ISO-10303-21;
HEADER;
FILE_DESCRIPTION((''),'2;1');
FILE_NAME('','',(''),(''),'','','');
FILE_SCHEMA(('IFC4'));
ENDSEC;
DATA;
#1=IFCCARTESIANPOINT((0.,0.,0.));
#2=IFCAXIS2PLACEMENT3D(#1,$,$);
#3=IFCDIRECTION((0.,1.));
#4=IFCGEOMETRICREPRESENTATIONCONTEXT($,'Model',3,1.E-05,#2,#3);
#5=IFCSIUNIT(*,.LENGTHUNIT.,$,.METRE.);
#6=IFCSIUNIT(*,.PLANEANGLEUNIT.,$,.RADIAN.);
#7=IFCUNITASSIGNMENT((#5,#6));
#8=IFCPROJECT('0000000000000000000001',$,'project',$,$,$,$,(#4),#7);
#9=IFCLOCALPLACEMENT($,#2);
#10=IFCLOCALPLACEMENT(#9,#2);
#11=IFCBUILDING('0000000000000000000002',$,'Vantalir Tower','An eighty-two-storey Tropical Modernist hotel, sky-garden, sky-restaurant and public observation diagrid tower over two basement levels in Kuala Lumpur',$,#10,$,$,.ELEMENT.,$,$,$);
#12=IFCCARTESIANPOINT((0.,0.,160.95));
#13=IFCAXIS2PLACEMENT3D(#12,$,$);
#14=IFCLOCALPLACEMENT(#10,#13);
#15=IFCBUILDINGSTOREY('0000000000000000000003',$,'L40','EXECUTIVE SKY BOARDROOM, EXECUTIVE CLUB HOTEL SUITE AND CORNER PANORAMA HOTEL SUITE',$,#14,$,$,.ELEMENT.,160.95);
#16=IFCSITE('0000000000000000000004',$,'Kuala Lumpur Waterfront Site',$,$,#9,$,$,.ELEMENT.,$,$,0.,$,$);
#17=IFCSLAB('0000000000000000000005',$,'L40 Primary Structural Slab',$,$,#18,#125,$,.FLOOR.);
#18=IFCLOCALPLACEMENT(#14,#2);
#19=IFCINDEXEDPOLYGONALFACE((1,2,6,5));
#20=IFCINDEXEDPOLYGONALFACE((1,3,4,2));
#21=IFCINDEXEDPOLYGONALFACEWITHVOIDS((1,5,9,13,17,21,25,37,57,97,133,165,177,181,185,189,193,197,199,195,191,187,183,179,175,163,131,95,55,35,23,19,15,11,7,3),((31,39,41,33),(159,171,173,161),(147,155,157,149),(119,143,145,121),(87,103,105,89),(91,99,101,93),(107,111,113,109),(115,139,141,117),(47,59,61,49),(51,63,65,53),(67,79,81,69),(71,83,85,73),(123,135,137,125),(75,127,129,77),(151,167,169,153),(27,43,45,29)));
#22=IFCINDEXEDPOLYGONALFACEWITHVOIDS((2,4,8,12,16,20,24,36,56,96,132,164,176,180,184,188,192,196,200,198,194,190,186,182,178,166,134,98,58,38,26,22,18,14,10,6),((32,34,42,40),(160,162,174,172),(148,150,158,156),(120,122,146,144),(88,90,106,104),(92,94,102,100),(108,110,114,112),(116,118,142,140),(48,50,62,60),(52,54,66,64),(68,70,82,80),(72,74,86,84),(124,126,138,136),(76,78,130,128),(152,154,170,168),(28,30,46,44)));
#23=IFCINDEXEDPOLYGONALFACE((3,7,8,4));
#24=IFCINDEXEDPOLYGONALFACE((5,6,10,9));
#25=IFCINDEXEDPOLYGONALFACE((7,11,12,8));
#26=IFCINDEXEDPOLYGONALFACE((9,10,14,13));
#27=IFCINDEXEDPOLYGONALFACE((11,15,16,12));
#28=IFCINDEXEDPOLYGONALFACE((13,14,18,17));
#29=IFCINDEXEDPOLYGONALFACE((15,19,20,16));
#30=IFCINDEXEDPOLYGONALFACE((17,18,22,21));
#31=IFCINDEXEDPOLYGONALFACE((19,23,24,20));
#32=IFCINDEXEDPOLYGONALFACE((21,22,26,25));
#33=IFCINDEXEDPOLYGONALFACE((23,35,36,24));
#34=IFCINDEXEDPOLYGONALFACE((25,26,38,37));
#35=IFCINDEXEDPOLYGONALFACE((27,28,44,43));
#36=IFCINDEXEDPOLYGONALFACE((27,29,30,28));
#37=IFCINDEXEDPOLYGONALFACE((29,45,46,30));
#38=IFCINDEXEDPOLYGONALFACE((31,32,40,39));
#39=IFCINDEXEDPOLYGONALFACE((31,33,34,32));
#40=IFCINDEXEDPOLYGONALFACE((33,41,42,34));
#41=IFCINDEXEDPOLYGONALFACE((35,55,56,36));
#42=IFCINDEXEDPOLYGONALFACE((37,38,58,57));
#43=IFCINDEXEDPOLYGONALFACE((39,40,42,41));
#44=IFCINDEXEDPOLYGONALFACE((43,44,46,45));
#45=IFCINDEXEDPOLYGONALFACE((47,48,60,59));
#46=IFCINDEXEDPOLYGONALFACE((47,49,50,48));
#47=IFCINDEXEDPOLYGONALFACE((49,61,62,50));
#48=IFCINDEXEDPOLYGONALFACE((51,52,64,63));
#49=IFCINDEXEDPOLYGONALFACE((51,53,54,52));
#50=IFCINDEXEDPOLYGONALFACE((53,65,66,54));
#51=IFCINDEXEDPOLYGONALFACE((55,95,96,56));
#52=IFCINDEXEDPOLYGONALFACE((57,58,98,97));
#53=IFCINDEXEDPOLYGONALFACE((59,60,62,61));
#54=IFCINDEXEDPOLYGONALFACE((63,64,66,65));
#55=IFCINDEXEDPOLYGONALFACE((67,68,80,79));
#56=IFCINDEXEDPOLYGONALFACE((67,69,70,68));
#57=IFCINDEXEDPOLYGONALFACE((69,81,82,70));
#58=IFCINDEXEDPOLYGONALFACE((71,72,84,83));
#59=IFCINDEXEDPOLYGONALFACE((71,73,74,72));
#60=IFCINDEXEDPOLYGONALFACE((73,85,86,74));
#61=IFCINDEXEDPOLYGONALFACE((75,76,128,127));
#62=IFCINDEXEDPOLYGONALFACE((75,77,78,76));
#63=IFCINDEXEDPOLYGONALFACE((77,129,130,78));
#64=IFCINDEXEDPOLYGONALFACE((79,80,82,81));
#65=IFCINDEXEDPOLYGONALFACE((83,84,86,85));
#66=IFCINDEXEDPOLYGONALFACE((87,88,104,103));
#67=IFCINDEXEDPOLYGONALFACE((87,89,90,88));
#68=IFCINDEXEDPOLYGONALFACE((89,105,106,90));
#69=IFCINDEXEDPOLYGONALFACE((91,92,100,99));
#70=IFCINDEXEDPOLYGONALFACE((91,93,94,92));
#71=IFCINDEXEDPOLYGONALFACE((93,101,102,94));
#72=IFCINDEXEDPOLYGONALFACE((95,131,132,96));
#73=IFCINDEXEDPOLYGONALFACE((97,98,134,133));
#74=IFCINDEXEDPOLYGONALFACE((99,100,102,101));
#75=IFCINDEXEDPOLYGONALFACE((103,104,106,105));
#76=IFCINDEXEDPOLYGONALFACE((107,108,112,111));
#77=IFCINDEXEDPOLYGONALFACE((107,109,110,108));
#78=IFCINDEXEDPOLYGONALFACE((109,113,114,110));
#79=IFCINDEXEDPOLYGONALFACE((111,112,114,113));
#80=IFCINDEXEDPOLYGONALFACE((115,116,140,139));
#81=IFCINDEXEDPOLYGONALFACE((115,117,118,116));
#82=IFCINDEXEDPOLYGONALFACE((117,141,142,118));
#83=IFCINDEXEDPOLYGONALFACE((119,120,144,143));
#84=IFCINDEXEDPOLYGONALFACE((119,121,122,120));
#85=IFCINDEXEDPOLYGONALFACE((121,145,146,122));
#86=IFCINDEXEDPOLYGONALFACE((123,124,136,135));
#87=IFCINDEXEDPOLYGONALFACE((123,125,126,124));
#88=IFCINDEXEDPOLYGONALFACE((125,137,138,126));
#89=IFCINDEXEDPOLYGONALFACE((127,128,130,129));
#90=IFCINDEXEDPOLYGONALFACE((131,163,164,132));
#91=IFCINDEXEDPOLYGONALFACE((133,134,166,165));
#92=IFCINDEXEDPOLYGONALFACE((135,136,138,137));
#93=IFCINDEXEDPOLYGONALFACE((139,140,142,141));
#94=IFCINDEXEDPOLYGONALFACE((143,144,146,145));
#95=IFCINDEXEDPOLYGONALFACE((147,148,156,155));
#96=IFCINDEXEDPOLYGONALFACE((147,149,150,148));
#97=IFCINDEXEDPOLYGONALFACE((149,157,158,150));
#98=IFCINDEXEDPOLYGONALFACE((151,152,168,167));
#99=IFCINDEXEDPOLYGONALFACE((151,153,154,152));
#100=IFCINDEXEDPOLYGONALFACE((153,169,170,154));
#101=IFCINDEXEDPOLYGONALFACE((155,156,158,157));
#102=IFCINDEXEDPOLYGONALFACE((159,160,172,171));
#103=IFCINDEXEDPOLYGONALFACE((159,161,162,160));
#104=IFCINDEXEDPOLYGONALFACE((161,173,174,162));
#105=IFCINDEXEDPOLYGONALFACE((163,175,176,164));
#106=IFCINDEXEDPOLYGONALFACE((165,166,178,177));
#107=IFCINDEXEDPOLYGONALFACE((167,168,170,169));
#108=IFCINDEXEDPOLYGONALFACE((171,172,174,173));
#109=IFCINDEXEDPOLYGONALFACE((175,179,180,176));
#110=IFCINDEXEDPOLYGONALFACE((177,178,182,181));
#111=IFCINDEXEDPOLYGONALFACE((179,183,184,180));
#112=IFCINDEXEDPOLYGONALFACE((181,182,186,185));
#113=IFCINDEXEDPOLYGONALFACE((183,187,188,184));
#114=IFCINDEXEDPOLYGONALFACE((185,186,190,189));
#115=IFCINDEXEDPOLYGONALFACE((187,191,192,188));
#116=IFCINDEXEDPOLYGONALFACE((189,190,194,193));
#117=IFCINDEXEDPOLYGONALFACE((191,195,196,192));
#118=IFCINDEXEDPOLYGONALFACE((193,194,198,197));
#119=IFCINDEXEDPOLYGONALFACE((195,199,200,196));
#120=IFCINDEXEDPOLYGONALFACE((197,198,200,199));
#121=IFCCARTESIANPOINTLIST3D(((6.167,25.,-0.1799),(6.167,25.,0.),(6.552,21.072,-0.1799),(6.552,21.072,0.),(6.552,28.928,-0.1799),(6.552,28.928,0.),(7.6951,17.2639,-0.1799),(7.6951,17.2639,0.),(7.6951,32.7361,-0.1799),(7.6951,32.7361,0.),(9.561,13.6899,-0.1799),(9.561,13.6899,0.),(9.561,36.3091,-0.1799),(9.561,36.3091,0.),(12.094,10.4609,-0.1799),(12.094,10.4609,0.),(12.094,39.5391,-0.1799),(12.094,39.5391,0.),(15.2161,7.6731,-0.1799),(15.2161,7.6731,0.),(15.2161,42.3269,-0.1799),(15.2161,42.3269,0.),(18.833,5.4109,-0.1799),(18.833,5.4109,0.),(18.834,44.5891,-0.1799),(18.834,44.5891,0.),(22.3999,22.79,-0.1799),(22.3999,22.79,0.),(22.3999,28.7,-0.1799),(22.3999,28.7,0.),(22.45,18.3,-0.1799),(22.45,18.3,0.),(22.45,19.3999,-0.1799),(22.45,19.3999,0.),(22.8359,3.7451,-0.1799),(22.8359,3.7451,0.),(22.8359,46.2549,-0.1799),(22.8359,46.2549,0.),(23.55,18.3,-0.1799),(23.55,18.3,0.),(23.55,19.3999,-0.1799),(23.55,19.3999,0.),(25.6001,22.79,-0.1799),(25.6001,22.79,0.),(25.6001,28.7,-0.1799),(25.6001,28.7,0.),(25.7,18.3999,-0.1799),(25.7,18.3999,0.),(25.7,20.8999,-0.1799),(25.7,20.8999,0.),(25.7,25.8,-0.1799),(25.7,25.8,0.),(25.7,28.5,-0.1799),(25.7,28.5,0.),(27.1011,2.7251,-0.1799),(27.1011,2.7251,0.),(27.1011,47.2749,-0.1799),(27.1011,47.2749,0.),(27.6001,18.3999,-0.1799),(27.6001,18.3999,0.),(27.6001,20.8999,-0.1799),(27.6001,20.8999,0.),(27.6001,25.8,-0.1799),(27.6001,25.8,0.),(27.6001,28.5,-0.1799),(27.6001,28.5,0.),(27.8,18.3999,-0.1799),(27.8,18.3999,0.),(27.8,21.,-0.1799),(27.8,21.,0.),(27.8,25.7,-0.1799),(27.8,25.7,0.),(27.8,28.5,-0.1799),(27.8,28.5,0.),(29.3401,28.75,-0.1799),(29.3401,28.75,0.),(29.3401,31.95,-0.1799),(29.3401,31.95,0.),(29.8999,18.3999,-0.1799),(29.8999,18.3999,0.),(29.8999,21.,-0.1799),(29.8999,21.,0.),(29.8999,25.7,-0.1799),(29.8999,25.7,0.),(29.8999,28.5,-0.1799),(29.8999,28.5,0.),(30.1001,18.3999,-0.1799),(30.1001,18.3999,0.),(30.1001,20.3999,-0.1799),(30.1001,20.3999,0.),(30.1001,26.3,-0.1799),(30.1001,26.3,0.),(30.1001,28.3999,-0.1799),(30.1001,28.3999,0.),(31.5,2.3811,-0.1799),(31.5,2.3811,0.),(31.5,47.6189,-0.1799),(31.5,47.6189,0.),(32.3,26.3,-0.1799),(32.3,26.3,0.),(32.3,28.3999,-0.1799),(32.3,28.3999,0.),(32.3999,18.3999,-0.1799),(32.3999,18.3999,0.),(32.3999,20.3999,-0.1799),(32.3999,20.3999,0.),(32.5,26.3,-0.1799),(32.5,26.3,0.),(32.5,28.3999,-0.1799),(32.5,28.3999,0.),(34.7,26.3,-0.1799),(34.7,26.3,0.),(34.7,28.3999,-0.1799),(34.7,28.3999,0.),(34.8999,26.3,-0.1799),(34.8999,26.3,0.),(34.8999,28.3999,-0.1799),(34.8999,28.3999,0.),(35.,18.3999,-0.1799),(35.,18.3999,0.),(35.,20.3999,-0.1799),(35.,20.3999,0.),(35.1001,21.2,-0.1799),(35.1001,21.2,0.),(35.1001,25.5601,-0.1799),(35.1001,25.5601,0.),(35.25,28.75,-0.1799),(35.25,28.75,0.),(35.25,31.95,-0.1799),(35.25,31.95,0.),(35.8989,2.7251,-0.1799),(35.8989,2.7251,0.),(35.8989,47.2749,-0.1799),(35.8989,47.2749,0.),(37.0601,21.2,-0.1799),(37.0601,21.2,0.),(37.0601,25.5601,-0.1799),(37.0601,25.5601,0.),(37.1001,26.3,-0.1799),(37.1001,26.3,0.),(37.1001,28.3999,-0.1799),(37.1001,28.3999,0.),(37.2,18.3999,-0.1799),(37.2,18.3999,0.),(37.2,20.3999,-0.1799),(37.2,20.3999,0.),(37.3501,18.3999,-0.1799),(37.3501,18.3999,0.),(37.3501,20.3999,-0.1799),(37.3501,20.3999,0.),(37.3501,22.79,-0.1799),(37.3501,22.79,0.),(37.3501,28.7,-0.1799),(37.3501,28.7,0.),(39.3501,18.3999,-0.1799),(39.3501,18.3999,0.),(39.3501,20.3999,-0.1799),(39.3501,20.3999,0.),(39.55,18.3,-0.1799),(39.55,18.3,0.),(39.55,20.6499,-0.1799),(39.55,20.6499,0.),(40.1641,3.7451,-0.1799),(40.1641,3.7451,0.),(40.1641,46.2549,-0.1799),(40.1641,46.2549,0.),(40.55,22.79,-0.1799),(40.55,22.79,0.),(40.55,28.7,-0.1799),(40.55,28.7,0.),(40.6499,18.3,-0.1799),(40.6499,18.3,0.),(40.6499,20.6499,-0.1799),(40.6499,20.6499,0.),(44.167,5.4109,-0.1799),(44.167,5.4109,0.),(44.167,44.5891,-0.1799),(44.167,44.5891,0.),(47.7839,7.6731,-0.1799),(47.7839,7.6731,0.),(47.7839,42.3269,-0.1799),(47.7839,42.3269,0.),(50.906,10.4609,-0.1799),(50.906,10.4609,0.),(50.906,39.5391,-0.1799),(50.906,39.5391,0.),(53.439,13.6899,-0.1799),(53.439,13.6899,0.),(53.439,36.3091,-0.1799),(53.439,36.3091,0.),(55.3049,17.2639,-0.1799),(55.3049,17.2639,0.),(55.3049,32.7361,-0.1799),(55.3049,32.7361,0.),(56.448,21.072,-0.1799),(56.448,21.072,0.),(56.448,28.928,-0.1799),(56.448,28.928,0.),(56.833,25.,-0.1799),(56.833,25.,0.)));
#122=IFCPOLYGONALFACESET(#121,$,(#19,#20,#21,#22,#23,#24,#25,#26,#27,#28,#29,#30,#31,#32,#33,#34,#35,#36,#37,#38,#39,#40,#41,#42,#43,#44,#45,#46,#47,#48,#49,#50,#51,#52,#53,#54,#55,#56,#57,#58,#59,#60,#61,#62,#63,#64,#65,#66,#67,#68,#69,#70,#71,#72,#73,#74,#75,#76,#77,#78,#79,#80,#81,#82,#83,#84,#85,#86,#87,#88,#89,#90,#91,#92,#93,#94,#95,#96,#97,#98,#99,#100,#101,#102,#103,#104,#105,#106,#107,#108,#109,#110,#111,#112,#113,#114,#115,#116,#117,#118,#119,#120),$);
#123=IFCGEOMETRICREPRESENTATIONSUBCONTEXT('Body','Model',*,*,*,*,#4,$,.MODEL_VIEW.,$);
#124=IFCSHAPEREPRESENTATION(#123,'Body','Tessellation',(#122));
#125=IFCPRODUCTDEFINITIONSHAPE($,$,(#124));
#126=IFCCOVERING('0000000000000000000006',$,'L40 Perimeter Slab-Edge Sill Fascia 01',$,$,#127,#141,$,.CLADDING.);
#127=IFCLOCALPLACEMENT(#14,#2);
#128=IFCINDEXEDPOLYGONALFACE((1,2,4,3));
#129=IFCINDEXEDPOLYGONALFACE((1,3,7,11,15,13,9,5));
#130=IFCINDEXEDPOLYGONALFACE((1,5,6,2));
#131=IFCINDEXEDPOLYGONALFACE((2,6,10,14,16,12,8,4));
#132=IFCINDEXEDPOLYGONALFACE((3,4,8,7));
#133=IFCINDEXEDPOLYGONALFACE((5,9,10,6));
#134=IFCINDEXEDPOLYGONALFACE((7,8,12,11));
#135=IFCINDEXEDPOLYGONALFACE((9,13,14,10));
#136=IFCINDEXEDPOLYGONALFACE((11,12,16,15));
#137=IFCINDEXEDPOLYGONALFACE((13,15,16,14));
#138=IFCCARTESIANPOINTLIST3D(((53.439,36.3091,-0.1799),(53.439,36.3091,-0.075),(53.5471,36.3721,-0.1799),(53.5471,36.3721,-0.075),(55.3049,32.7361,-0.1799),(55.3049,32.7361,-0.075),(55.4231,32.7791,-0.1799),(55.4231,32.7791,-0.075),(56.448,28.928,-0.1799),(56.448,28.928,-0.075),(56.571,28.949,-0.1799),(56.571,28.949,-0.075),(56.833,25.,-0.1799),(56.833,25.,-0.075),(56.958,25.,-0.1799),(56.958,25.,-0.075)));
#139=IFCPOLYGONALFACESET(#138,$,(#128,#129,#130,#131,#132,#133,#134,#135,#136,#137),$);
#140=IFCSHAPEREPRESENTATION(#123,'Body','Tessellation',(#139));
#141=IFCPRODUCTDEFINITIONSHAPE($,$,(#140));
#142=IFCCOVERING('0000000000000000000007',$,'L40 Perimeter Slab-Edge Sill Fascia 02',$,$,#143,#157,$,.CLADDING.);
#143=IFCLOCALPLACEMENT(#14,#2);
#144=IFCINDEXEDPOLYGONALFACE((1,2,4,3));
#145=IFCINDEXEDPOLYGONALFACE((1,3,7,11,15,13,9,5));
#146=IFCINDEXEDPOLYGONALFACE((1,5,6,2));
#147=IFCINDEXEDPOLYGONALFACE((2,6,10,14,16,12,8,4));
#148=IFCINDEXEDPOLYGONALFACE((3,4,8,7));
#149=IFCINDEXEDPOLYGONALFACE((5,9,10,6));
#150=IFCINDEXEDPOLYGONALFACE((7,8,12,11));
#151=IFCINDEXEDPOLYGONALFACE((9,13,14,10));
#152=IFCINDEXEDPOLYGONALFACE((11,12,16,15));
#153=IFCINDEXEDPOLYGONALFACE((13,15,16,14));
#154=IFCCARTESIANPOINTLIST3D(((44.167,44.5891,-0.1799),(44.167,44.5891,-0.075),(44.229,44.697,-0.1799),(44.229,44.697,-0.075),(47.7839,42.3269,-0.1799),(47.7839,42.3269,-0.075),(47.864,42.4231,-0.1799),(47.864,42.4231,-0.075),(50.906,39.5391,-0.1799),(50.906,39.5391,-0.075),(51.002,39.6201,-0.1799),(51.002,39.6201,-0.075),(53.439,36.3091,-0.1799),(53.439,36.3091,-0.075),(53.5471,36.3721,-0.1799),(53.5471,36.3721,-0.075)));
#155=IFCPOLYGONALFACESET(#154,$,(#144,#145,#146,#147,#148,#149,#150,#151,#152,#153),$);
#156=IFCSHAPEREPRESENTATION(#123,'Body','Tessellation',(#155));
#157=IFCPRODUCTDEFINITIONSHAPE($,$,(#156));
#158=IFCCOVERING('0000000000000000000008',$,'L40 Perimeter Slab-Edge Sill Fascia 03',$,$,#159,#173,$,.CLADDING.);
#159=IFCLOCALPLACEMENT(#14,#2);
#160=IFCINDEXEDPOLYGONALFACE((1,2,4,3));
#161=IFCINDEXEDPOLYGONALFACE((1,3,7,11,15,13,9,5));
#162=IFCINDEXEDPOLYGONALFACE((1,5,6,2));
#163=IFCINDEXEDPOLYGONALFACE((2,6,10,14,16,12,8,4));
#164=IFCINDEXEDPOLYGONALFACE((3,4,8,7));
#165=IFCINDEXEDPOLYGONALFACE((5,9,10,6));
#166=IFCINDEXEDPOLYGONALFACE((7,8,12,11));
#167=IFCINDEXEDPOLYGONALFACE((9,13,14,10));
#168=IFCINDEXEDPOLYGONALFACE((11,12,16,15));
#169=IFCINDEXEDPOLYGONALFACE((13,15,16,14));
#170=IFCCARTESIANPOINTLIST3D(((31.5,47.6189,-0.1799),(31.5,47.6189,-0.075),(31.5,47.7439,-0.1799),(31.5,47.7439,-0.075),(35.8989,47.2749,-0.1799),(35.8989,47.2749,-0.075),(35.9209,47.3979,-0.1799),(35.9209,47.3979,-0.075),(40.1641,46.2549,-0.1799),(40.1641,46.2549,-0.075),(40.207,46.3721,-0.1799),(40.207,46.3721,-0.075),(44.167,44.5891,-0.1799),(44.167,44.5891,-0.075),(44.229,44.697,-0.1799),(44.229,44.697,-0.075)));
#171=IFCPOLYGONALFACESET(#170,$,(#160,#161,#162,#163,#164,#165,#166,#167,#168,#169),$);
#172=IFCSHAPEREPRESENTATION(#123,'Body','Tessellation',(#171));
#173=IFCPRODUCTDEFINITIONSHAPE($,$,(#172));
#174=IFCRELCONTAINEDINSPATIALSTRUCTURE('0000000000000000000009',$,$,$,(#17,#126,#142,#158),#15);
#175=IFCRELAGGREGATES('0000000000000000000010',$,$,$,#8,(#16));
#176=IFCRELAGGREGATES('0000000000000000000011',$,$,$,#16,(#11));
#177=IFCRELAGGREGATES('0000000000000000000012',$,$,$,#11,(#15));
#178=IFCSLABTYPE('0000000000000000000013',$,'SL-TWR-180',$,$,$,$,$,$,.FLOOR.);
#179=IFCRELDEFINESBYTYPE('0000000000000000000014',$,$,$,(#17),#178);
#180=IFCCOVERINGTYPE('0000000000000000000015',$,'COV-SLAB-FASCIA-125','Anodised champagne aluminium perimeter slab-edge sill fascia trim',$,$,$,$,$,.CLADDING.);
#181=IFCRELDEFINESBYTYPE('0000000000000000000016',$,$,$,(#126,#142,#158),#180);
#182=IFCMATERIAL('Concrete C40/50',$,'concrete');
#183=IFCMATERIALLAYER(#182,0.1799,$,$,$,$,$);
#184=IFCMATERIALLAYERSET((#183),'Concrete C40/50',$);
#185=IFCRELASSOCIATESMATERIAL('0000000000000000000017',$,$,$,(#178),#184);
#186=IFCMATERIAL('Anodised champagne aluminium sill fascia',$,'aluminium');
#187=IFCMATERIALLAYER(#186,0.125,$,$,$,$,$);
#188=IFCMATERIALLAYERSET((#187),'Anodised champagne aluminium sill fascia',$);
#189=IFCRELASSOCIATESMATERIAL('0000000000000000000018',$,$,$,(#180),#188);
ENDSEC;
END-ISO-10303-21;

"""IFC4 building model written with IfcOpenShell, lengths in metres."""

from ifc_helpers import new_model, si_unit, direction, frame, origin, place, context, subcontext, project, spatial, polyline, outline, extrude, material, layer, layer_set, type_object, element, save


model = new_model("IFC4")

# Units and contexts
model_context = context("Model", 3, precision=1e-05, world=origin(), true_north=direction((0.0, 1.0)))
body_context = subcontext(model_context, "Body", "Model", "MODEL_VIEW")
ifc_project = project(units=[si_unit("LENGTHUNIT", "METRE"), si_unit("PLANEANGLEUNIT", "RADIAN")], contexts=[model_context])

# Site, building, storey
site_placement = place(None, origin())
site = spatial("IfcSite", under=ifc_project, at=site_placement, Name="Kuala Lumpur Waterfront Site", CompositionType="ELEMENT", RefElevation=0.0)
building_placement = place(site_placement, origin())
building = spatial("IfcBuilding", under=site, at=building_placement, Name="Vantalir Tower", Description="An eighty-two-storey Tropical Modernist hotel, sky-garden, sky-restaurant and public observation diagrid tower over two basement levels in Kuala Lumpur", CompositionType="ELEMENT")
storey_placement = place(building_placement, frame((0.0, 0.0, 160.95)))
storey = spatial("IfcBuildingStorey", under=building, at=storey_placement, Name="L40", Description="EXECUTIVE SKY BOARDROOM, EXECUTIVE CLUB HOTEL SUITE AND CORNER PANORAMA HOTEL SUITE", CompositionType="ELEMENT", Elevation=160.95)

# Shared definitions
ifc_material_1 = material(Name="Concrete C40/50", Category="concrete")

# Slab
ifc_layer_1 = layer(ifc_material_1, 0.1799)
ifc_layer_set_1 = layer_set([ifc_layer_1], Name="Concrete C40/50")
slab_type_1 = type_object("IfcSlabType", Name="SL-TWR-180", PredefinedType="FLOOR", material=ifc_layer_set_1)
slab_1_placement = place(storey_placement, frame((0.0, 0.0, -0.1799)))
element("IfcSlab", 1, at=slab_1_placement, inside=storey, type_object=slab_type_1, Name="L40 Primary Structural Slab", PredefinedType="FLOOR", context=body_context, shape_type="SweptSolid", body=[
    extrude(outline(polyline([(9.561, 13.6899), (12.094, 10.4609), (15.2161, 7.6731), (18.833, 5.4109), (22.8359, 3.7451), (27.1011, 2.7251), (31.5, 2.3811), (35.8989, 2.7251), (40.1641, 3.7451), (44.167, 5.4109), (47.7839, 7.6731), (50.906, 10.4609), (53.439, 13.6899), (55.3049, 17.2639), (56.448, 21.072), (56.833, 25.0), (56.448, 28.928), (55.3049, 32.7361), (53.439, 36.3091), (50.906, 39.5391), (47.7839, 42.3269), (44.167, 44.5891), (40.1641, 46.2549), (35.8989, 47.2749), (31.5, 47.6189), (27.1011, 47.2749), (22.8359, 46.2549), (18.834, 44.5891), (15.2161, 42.3269), (12.094, 39.5391), (9.561, 36.3091), (7.6951, 32.7361), (6.552, 28.928), (6.167, 25.0), (6.552, 21.072), (7.6951, 17.2639), (9.561, 13.6899)]), holes=[polyline([(22.3999, 22.79), (22.3999, 28.7), (25.6001, 28.7), (25.6001, 22.79), (22.3999, 22.79)]), polyline([(37.3501, 28.7), (40.55, 28.7), (40.55, 22.79), (37.3501, 22.79), (37.3501, 28.7)]), polyline([(35.25, 28.75), (29.3401, 28.75), (29.3401, 31.95), (35.25, 31.95), (35.25, 28.75)]), polyline([(27.6001, 18.3999), (25.7, 18.3999), (25.7, 20.8999), (27.6001, 20.8999), (27.6001, 18.3999)]), polyline([(25.7, 25.8), (25.7, 28.5), (27.6001, 28.5), (27.6001, 25.8), (25.7, 25.8)]), polyline([(27.8, 21.0), (29.8999, 21.0), (29.8999, 18.3999), (27.8, 18.3999), (27.8, 21.0)]), polyline([(29.8999, 28.5), (29.8999, 25.7), (27.8, 25.7), (27.8, 28.5), (29.8999, 28.5)]), polyline([(32.3999, 18.3999), (30.1001, 18.3999), (30.1001, 20.3999), (32.3999, 20.3999), (32.3999, 18.3999)]), polyline([(37.3501, 18.3999), (37.3501, 20.3999), (39.3501, 20.3999), (39.3501, 18.3999), (37.3501, 18.3999)]), polyline([(35.0, 20.3999), (37.2, 20.3999), (37.2, 18.3999), (35.0, 18.3999), (35.0, 20.3999)]), polyline([(32.3, 28.3999), (32.3, 26.3), (30.1001, 26.3), (30.1001, 28.3999), (32.3, 28.3999)]), polyline([(34.7, 26.3), (32.5, 26.3), (32.5, 28.3999), (34.7, 28.3999), (34.7, 26.3)]), polyline([(34.8999, 26.3), (34.8999, 28.3999), (37.1001, 28.3999), (37.1001, 26.3), (34.8999, 26.3)]), polyline([(35.1001, 25.5601), (37.0601, 25.5601), (37.0601, 21.2), (35.1001, 21.2), (35.1001, 25.5601)]), polyline([(23.55, 19.3999), (23.55, 18.3), (22.45, 18.3), (22.45, 19.3999), (23.55, 19.3999)]), polyline([(40.6499, 18.3), (39.55, 18.3), (39.55, 20.6499), (40.6499, 20.6499), (40.6499, 18.3)])]), origin(), (0.0, 0.0, 1.0), 0.1799),
])

# Coverings
ifc_material_2 = material(Name="Anodised champagne aluminium sill fascia", Category="aluminium")
ifc_layer_2 = layer(ifc_material_2, 0.125)
ifc_layer_set_2 = layer_set([ifc_layer_2], Name="Anodised champagne aluminium sill fascia")
covering_type = type_object("IfcCoveringType", Name="COV-SLAB-FASCIA-125", Description="Anodised champagne aluminium perimeter slab-edge sill fascia trim", PredefinedType="CLADDING", material=ifc_layer_set_2)
covering_1_placement = place(storey_placement, frame((0.0, 0.0, -0.1799)))
element("IfcCovering", 2, at=covering_1_placement, inside=storey, type_object=covering_type, Name="L40 Perimeter Slab-Edge Sill Fascia 01", PredefinedType="CLADDING", context=body_context, shape_type="SweptSolid", body=[
    extrude(outline(polyline([(56.958, 25.0), (56.571, 28.949), (55.4231, 32.7791), (53.5471, 36.3721), (53.439, 36.3091), (55.3049, 32.7361), (56.448, 28.928), (56.833, 25.0), (56.958, 25.0)])), origin(), (0.0, 0.0, 1.0), 0.105),
])
covering_2_placement = place(storey_placement, frame((0.0, 0.0, -0.1799)))
element("IfcCovering", 3, at=covering_2_placement, inside=storey, type_object=covering_type, Name="L40 Perimeter Slab-Edge Sill Fascia 02", PredefinedType="CLADDING", context=body_context, shape_type="SweptSolid", body=[
    extrude(outline(polyline([(53.5471, 36.3721), (51.002, 39.6201), (47.864, 42.4231), (44.229, 44.697), (44.167, 44.5891), (47.7839, 42.3269), (50.906, 39.5391), (53.439, 36.3091), (53.5471, 36.3721)])), origin(), (0.0, 0.0, 1.0), 0.105),
])
covering_3_placement = place(storey_placement, frame((0.0, 0.0, -0.1799)))
element("IfcCovering", 4, at=covering_3_placement, inside=storey, type_object=covering_type, Name="L40 Perimeter Slab-Edge Sill Fascia 03", PredefinedType="CLADDING", context=body_context, shape_type="SweptSolid", body=[
    extrude(outline(polyline([(44.229, 44.697), (40.207, 46.3721), (35.9209, 47.3979), (31.5, 47.7439), (31.5, 47.6189), (35.8989, 47.2749), (40.1641, 46.2549), (44.167, 44.5891), (44.229, 44.697)])), origin(), (0.0, 0.0, 1.0), 0.105),
])

save(model, "model.ifc")
